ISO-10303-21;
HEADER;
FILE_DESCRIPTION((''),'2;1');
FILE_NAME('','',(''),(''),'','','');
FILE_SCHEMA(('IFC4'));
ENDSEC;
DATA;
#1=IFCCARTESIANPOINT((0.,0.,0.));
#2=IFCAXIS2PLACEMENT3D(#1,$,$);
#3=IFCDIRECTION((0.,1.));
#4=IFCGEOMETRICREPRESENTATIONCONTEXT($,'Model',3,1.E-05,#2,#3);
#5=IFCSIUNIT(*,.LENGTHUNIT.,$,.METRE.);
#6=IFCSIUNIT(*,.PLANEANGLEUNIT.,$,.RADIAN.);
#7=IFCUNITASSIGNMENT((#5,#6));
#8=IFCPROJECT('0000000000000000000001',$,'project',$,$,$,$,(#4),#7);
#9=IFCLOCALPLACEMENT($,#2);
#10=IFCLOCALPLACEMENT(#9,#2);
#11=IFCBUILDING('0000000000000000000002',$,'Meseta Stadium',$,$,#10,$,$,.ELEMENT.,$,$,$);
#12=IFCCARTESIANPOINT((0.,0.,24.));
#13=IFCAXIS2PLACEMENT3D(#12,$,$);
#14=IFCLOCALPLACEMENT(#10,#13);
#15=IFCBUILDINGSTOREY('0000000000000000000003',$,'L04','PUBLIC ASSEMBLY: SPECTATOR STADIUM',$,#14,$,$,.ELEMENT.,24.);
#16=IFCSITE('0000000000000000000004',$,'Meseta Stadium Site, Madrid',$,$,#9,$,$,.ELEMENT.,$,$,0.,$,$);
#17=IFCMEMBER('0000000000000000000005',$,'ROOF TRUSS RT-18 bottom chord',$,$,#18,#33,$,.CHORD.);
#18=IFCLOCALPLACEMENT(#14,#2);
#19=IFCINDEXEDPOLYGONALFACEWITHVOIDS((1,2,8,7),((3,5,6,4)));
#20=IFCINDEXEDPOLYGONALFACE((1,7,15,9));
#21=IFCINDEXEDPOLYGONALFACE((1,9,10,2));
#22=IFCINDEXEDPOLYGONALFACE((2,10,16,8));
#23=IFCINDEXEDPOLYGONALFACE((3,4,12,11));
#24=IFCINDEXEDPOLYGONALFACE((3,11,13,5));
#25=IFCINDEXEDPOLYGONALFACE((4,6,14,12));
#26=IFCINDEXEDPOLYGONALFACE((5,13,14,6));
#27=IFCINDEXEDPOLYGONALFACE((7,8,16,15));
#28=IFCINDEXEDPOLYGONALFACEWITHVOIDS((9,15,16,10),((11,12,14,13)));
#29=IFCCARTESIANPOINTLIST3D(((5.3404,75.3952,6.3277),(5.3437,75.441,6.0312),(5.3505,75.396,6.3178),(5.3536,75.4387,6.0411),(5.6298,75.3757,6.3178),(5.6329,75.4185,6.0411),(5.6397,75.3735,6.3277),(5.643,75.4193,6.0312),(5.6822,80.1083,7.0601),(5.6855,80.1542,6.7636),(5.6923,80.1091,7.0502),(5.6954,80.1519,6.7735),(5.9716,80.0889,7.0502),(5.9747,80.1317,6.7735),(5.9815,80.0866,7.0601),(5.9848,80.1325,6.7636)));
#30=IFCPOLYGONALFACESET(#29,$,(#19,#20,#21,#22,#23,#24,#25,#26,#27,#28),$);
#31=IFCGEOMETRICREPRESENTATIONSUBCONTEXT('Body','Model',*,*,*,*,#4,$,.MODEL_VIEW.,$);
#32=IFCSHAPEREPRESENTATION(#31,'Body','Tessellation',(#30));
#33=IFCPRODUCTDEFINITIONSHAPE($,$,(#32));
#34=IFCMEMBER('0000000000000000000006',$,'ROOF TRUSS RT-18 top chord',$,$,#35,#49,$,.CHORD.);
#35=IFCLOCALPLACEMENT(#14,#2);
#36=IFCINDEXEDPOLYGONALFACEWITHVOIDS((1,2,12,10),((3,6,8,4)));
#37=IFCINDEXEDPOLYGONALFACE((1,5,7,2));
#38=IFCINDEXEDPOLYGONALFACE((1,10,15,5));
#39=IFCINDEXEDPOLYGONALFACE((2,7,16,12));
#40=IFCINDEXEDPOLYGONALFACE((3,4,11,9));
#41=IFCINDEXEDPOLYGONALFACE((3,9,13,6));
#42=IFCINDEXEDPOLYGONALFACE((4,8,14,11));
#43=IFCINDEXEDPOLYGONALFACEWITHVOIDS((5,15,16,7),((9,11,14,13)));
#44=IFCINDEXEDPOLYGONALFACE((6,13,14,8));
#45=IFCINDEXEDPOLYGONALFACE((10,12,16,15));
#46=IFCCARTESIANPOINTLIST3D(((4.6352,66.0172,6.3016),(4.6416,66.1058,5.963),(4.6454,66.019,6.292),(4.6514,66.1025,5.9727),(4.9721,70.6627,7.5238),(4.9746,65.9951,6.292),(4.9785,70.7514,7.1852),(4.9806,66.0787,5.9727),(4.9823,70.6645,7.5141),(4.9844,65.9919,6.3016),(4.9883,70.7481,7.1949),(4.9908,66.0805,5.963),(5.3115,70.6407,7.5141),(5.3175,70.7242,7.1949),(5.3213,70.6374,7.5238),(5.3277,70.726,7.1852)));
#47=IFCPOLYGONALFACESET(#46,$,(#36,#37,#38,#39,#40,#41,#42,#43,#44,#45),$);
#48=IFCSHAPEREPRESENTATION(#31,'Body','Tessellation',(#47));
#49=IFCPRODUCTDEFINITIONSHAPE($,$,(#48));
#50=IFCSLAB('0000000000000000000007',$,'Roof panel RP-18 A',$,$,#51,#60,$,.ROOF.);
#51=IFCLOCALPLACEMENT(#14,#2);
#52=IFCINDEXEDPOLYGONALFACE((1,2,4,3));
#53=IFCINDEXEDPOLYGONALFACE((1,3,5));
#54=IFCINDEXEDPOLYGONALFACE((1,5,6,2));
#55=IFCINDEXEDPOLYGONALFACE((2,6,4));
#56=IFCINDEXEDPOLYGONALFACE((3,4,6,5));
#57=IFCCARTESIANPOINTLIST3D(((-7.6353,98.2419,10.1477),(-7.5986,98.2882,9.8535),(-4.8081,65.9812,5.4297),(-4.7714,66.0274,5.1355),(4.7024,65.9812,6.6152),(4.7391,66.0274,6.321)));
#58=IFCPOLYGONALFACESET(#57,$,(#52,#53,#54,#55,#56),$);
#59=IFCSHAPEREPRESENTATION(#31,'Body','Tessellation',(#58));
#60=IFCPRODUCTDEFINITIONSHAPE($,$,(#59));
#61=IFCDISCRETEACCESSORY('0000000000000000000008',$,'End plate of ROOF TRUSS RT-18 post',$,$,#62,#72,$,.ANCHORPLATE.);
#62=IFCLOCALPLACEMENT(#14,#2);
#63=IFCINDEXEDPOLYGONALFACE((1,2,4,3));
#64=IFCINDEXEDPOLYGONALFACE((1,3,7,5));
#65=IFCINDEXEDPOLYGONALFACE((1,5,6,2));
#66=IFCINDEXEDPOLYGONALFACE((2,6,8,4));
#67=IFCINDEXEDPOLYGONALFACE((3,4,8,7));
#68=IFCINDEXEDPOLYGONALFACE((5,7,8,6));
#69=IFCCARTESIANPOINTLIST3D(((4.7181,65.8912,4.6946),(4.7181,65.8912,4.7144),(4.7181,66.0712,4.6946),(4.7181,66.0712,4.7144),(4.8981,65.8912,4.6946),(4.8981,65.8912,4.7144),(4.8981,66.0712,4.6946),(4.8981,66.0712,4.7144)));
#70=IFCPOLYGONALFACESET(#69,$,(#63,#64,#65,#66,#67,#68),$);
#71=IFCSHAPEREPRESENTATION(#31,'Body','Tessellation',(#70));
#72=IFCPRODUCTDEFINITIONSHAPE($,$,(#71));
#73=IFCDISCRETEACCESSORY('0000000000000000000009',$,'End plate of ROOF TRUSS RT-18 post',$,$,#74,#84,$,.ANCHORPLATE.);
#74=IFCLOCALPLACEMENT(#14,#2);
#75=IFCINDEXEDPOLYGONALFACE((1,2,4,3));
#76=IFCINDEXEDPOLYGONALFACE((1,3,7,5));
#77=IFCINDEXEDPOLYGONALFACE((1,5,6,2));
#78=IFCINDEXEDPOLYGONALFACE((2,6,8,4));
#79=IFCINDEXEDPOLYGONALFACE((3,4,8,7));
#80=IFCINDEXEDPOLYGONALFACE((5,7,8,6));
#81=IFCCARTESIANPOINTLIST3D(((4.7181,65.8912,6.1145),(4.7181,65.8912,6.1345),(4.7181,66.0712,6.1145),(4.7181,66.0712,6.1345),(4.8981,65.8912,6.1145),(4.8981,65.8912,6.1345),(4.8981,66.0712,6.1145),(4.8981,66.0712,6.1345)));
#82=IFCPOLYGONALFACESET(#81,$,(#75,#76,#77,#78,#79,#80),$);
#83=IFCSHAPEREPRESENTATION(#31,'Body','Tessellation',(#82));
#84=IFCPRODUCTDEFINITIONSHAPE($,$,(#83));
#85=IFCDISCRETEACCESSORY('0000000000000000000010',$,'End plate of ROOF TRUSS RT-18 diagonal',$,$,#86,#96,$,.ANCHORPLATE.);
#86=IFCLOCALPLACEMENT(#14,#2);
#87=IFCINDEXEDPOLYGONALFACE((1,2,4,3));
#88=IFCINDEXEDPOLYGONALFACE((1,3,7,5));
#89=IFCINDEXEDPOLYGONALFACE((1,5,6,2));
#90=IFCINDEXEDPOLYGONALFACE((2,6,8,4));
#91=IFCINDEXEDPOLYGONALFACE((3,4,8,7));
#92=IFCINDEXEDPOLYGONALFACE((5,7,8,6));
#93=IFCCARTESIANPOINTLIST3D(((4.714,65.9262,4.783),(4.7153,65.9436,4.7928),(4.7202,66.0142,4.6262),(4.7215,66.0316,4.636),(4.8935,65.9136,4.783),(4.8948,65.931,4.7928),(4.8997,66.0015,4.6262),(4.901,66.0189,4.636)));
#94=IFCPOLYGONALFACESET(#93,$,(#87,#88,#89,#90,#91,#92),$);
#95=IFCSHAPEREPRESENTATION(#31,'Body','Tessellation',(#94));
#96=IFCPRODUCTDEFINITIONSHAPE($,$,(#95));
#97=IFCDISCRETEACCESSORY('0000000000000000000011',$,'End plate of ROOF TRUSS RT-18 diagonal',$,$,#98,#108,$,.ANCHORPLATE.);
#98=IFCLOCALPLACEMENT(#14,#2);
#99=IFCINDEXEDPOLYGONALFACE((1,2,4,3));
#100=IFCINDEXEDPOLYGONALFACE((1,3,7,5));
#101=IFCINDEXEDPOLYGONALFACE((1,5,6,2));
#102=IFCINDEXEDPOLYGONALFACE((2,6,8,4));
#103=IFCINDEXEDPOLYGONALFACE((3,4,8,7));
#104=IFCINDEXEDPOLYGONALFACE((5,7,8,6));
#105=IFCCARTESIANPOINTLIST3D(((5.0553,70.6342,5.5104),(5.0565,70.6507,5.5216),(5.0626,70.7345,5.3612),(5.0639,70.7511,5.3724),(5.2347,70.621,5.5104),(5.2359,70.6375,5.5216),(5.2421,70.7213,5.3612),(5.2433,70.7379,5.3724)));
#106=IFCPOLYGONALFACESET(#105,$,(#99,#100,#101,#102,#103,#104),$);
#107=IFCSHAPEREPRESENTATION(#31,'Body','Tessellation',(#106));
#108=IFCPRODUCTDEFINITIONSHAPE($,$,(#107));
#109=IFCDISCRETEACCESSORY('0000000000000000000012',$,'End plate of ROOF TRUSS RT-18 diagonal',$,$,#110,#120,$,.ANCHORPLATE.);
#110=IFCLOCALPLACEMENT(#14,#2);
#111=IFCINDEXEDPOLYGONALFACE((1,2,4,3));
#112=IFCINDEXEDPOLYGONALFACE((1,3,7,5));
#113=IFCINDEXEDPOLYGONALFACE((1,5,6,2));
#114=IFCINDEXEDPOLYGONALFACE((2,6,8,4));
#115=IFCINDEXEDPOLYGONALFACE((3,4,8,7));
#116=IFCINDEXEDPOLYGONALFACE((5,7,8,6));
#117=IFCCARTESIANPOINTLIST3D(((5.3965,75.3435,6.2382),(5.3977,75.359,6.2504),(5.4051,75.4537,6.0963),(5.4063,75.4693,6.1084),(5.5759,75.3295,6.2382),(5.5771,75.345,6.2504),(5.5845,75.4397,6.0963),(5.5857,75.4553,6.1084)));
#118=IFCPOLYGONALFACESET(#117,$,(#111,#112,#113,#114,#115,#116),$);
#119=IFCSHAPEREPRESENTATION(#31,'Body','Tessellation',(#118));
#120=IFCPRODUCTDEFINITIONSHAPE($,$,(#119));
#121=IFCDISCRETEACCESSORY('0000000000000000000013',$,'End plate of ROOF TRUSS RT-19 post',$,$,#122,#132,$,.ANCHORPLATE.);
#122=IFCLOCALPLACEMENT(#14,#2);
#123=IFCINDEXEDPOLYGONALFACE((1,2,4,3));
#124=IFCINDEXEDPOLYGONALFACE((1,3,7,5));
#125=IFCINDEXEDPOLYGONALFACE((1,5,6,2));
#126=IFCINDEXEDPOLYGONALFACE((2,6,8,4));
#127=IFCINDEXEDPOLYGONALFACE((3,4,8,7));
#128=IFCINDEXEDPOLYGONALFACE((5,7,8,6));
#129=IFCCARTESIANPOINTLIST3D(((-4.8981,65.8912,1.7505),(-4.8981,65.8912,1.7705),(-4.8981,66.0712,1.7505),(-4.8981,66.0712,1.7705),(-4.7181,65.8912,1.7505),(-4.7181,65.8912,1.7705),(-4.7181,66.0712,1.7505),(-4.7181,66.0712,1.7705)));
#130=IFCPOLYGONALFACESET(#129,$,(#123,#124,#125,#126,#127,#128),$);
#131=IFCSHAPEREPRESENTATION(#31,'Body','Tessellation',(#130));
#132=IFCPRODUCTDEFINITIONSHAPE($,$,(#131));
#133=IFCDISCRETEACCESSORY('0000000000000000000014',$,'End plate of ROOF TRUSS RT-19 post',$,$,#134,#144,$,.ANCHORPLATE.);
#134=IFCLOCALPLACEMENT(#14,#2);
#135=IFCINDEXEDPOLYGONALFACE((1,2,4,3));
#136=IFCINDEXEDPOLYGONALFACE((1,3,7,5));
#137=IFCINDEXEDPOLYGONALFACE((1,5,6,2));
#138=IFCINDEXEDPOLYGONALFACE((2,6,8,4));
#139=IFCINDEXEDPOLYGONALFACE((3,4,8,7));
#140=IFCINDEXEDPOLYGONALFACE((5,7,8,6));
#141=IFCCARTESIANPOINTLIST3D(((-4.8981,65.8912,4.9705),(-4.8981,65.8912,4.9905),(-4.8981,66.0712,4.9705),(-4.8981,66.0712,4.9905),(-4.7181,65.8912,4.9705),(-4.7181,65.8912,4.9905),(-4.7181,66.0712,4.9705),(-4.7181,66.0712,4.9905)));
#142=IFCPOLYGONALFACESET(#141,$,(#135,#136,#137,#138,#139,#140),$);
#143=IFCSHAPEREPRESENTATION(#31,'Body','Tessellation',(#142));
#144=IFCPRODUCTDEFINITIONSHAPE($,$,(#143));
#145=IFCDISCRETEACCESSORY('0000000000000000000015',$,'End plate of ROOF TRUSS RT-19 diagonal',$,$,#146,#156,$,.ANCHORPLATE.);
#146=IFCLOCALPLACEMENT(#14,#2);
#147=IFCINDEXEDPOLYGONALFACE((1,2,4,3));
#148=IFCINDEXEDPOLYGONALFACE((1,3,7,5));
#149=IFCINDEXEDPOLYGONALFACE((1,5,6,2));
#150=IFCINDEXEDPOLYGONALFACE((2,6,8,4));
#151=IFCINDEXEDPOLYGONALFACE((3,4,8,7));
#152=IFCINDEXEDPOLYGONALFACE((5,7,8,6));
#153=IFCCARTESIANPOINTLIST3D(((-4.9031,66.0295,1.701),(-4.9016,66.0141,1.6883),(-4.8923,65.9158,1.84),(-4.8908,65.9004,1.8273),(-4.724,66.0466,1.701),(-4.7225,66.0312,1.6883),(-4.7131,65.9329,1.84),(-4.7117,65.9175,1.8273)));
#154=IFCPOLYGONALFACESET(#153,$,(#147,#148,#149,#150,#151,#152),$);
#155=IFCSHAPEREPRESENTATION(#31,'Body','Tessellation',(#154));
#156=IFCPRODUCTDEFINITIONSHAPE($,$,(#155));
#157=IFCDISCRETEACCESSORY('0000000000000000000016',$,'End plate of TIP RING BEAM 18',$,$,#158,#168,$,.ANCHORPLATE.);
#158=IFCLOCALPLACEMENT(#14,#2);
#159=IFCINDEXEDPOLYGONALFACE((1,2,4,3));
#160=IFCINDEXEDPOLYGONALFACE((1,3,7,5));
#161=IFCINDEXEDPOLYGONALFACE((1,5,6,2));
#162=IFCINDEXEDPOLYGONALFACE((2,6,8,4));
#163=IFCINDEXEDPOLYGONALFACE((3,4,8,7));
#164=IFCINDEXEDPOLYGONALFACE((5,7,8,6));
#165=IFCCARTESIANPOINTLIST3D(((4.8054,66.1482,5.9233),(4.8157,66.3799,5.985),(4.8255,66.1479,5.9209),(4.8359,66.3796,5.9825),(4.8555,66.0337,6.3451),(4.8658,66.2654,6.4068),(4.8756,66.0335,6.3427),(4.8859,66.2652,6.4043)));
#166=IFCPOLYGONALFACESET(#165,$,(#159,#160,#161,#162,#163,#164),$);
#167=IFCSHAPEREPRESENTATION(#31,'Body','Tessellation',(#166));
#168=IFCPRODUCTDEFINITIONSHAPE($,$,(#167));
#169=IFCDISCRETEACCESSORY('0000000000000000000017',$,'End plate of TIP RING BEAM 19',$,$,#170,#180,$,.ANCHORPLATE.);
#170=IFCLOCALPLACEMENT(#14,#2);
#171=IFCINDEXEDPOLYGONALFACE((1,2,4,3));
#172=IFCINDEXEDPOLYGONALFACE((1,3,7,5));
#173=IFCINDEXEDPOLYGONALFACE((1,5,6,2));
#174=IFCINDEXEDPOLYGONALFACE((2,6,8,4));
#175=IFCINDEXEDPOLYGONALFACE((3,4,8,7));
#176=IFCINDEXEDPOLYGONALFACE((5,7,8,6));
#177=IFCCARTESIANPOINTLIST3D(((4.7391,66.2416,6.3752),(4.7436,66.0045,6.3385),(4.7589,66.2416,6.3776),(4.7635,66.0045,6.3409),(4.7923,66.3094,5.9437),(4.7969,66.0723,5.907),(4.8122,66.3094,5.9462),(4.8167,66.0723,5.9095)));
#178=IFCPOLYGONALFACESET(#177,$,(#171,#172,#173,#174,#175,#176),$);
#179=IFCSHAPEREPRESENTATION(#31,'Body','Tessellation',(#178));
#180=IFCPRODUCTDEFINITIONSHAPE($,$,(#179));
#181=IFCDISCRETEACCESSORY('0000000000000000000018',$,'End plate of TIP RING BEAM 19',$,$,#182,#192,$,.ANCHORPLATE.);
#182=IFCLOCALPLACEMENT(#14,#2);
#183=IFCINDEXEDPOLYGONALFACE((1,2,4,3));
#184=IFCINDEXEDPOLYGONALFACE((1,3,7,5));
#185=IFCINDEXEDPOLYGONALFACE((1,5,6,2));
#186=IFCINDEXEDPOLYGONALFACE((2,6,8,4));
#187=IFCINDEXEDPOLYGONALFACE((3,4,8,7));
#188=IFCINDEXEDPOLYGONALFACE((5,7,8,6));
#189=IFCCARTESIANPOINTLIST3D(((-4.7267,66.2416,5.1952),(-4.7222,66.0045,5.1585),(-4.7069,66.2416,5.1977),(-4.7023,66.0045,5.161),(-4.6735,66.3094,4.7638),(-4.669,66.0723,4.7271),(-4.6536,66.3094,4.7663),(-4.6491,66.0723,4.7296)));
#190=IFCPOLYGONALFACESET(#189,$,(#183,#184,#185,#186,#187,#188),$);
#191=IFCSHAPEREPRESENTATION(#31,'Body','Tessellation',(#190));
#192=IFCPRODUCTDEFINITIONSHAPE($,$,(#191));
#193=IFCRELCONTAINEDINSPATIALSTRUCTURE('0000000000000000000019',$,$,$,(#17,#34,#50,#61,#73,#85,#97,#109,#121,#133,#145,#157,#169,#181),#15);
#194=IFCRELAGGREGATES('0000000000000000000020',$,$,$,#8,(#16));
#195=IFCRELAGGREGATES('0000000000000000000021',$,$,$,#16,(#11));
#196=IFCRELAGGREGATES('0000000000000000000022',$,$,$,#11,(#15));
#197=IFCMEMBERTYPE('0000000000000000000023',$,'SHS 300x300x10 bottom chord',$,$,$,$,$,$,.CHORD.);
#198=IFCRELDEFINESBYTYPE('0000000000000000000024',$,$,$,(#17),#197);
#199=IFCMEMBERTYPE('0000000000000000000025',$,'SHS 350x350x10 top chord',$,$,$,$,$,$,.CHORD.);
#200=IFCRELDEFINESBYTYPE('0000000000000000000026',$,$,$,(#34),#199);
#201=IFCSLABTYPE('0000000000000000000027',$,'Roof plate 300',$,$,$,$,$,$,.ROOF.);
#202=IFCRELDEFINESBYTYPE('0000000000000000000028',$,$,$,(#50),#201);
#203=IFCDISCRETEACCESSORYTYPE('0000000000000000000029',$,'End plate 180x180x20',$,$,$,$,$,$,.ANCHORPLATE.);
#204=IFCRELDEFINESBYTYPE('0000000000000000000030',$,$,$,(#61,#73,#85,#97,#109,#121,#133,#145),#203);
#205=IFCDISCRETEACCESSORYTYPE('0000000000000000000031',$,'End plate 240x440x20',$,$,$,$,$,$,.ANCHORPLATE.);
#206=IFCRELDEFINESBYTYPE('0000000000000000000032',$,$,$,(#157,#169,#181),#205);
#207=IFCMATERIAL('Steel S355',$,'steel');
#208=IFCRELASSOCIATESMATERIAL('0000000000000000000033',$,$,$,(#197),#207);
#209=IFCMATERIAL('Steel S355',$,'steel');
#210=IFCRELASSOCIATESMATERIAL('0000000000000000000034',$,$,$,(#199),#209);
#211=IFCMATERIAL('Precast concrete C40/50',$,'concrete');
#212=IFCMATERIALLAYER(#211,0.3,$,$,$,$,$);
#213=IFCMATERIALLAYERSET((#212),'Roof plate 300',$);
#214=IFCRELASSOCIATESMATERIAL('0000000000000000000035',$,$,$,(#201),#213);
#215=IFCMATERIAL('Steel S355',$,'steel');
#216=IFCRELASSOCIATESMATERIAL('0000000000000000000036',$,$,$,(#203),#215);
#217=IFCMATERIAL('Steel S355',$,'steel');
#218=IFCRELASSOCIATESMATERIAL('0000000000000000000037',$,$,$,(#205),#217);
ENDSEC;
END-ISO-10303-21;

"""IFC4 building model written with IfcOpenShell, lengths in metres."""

from ifc_helpers import new_model, si_unit, direction, frame, origin, origin_2d, place, context, subcontext, project, spatial, polyline, rectangle, hollow_rectangle, outline, extrude, material, layer, layer_set, material_profile, profile_set, type_object, element, save


model = new_model("IFC4")

# Units and contexts
model_context = context("Model", 3, precision=1e-05, world=origin(), true_north=direction((0.0, 1.0)))
body_context = subcontext(model_context, "Body", "Model", "MODEL_VIEW")
ifc_project = project(units=[si_unit("LENGTHUNIT", "METRE"), si_unit("PLANEANGLEUNIT", "RADIAN")], contexts=[model_context])

# Site, building, storey
site_placement = place(None, origin())
site = spatial("IfcSite", under=ifc_project, at=site_placement, Name="Meseta Stadium Site, Madrid", CompositionType="ELEMENT", RefElevation=0.0)
building_placement = place(site_placement, origin())
building = spatial("IfcBuilding", under=site, at=building_placement, Name="Meseta Stadium", CompositionType="ELEMENT")
storey_placement = place(building_placement, frame((0.0, 0.0, 24.0)))
storey = spatial("IfcBuildingStorey", under=building, at=storey_placement, Name="L04", Description="PUBLIC ASSEMBLY: SPECTATOR STADIUM", CompositionType="ELEMENT", Elevation=24.0)

# Members
ifc_material_1 = material(Name="Steel S355", Category="steel")
ifc_material_profile_1 = material_profile(ifc_material_1, hollow_rectangle(XDim=0.3, YDim=0.3, WallThickness=0.01, at=origin_2d()), Name="SHS 300x300x10")
ifc_profile_set_1 = profile_set([ifc_material_profile_1], Name="Steel S355")
member_type_1 = type_object("IfcMemberType", Name="SHS 300x300x10 bottom chord", PredefinedType="CHORD", material=ifc_profile_set_1)
member_1_placement = place(storey_placement, frame((5.4917, 75.4072, 6.1794), z_axis=(0.071477, 0.985612, 0.153164), x_axis=(-0.997381, 0.07233, 0.0)))
element("IfcMember", 1, at=member_1_placement, inside=storey, type_object=member_type_1, Name="ROOF TRUSS RT-18 bottom chord", PredefinedType="CHORD", context=body_context, shape_type="SweptSolid", body=[
    extrude(hollow_rectangle(XDim=0.3, YDim=0.3, WallThickness=0.01, at=origin_2d()), origin(), (0.0, 0.0, 1.0), 4.782),
])
ifc_material_2 = material(Name="Steel S355", Category="steel")
ifc_material_profile_2 = material_profile(ifc_material_2, hollow_rectangle(XDim=0.3501, YDim=0.3501, WallThickness=0.01, at=origin_2d()), Name="SHS 350x350x10")
ifc_profile_set_2 = profile_set([ifc_material_profile_2], Name="Steel S355")
member_type_2 = type_object("IfcMemberType", Name="SHS 350x350x10 top chord", PredefinedType="CHORD", material=ifc_profile_set_2)
member_2_placement = place(storey_placement, frame((4.813, 66.0488, 6.1323), z_axis=(0.069966, 0.964722, 0.253805), x_axis=(-0.99738, 0.072335, 0.0)))
element("IfcMember", 2, at=member_2_placement, inside=storey, type_object=member_type_2, Name="ROOF TRUSS RT-18 top chord", PredefinedType="CHORD", context=body_context, shape_type="SweptSolid", body=[
    extrude(hollow_rectangle(XDim=0.3501, YDim=0.3501, WallThickness=0.01, at=origin_2d()), origin(), (0.0, 0.0, 1.0), 4.8154),
])

# Slab
ifc_material_3 = material(Name="Precast concrete C40/50", Category="concrete")
ifc_layer = layer(ifc_material_3, 0.3)
ifc_layer_set = layer_set([ifc_layer], Name="Roof plate 300")
slab_type = type_object("IfcSlabType", Name="Roof plate 300", PredefinedType="ROOF", material=ifc_layer_set)
slab_placement = place(storey_placement, frame((-4.8081, 65.9812, 5.4297), z_axis=(-0.122222, -0.154101, 0.980467), x_axis=(-0.086388, 0.985775, 0.144166)))
element("IfcSlab", 3, at=slab_placement, inside=storey, type_object=slab_type, Name="Roof panel RP-18 A", PredefinedType="ROOF", context=body_context, shape_type="SweptSolid", body=[
    extrude(outline(polyline([(0.0, 0.0), (32.7263, 0.0), (-0.6507, -9.562), (0.0, 0.0)])), origin(), (0.0, 0.0, -1.0), 0.3),
])

# Discrete accessories
ifc_material_4 = material(Name="Steel S355", Category="steel")
ifc_material_profile_3 = material_profile(ifc_material_4, rectangle(XDim=0.1799, YDim=0.1799, at=origin_2d()), Name="PL 180x180")
ifc_profile_set_3 = profile_set([ifc_material_profile_3], Name="Steel S355")
discrete_accessory_type_1 = type_object("IfcDiscreteAccessoryType", Name="End plate 180x180x20", PredefinedType="ANCHORPLATE", material=ifc_profile_set_3)
discrete_accessory_1_placement = place(storey_placement, frame((4.8081, 65.9812, 4.6946), z_axis=(0.0, 0.0, 1.0), x_axis=(1.0, 0.0, 0.0)))
element("IfcDiscreteAccessory", 4, at=discrete_accessory_1_placement, inside=storey, type_object=discrete_accessory_type_1, Name="End plate of ROOF TRUSS RT-18 post", PredefinedType="ANCHORPLATE", context=body_context, shape_type="SweptSolid", body=[
    extrude(rectangle(XDim=0.1799, YDim=0.1799, at=origin_2d()), origin(), (0.0, 0.0, 1.0), 0.0198),
])
for number, where, z_axis, x_axis, name in (
    (5, (4.8081, 65.9812, 6.1145), (0.0, 0.0, 1.0), (1.0, 0.0, 0.0), "End plate of ROOF TRUSS RT-18 post"),
    (6, (4.8069, 65.9639, 4.7046), (0.06124, 0.869612, 0.489922), (-0.99753, 0.070249, 0.0), "End plate of ROOF TRUSS RT-18 diagonal"),
    (7, (5.1487, 70.6777, 5.4358), (0.060791, 0.826752, 0.559273), (-0.997308, 0.073331, 0.0), "End plate of ROOF TRUSS RT-18 diagonal"),
):
    element("IfcDiscreteAccessory", number, at=place(storey_placement, frame(where, z_axis=z_axis, x_axis=x_axis)), inside=storey, type_object=discrete_accessory_type_1, Name=name, PredefinedType="ANCHORPLATE", context=body_context, shape_type="SweptSolid", body=[
        extrude(rectangle(XDim=0.1799, YDim=0.1799, at=origin_2d()), origin(), (0.0, 0.0, 1.0), 0.02),
    ])
discrete_accessory_2_placement = place(storey_placement, frame((5.4905, 75.3916, 6.1672), z_axis=(0.061448, 0.786535, 0.614481), x_axis=(-0.996962, 0.077888, 0.0)))
element("IfcDiscreteAccessory", 8, at=discrete_accessory_2_placement, inside=storey, type_object=discrete_accessory_type_1, Name="End plate of ROOF TRUSS RT-18 diagonal", PredefinedType="ANCHORPLATE", context=body_context, shape_type="SweptSolid", body=[
    extrude(rectangle(XDim=0.1799, YDim=0.1799, at=origin_2d()), origin(), (0.0, 0.0, 1.0), 0.0198),
])
for number, where, z_axis, x_axis, name in (
    (9, (-4.8081, 65.9812, 1.7505), (0.0, 0.0, 1.0), (1.0, 0.0, 0.0), "End plate of ROOF TRUSS RT-19 post"),
    (10, (-4.8081, 65.9812, 4.9705), (0.0, 0.0, 1.0), (1.0, 0.0, 0.0), "End plate of ROOF TRUSS RT-19 post"),
    (11, (-4.8066, 65.9658, 1.7578), (-0.073252, 0.769151, 0.634855), (-0.995495, -0.094809, 0.0), "End plate of ROOF TRUSS RT-19 diagonal"),
):
    element("IfcDiscreteAccessory", number, at=place(storey_placement, frame(where, z_axis=z_axis, x_axis=x_axis)), inside=storey, type_object=discrete_accessory_type_1, Name=name, PredefinedType="ANCHORPLATE", context=body_context, shape_type="SweptSolid", body=[
        extrude(rectangle(XDim=0.1799, YDim=0.1799, at=origin_2d()), origin(), (0.0, 0.0, 1.0), 0.02),
    ])
ifc_material_5 = material(Name="Steel S355", Category="steel")
ifc_material_profile_4 = material_profile(ifc_material_5, rectangle(XDim=0.24, YDim=0.4399, at=origin_2d()), Name="PL 240x440")
ifc_profile_set_4 = profile_set([ifc_material_profile_4], Name="Steel S355")
discrete_accessory_type_2 = type_object("IfcDiscreteAccessoryType", Name="End plate 240x440x20", PredefinedType="ANCHORPLATE", material=ifc_profile_set_4)
discrete_accessory_3_placement = place(storey_placement, frame((4.8557, 66.2065, 6.1626), z_axis=(-0.992573, 0.012105, 0.121046), x_axis=(-0.043095, -0.965495, -0.256832)))
element("IfcDiscreteAccessory", 12, at=discrete_accessory_3_placement, inside=storey, type_object=discrete_accessory_type_2, Name="End plate of TIP RING BEAM 18", PredefinedType="ANCHORPLATE", context=body_context, shape_type="SweptSolid", body=[
    extrude(rectangle(XDim=0.24, YDim=0.4399, at=origin_2d()), origin(), (0.0, 0.0, 1.0), 0.0203),
])
for number, where, z_axis, x_axis, name in (
    (13, (4.7878, 66.157, 6.1436), (-0.992465, 0.0, -0.122527), (0.018881, -0.988055, -0.152939), "End plate of TIP RING BEAM 19"),
    (14, (-4.678, 66.157, 4.9636), (-0.992465, 0.0, -0.122527), (0.018881, -0.988055, -0.152939), "End plate of TIP RING BEAM 19"),
):
    element("IfcDiscreteAccessory", number, at=place(storey_placement, frame(where, z_axis=z_axis, x_axis=x_axis)), inside=storey, type_object=discrete_accessory_type_2, Name=name, PredefinedType="ANCHORPLATE", context=body_context, shape_type="SweptSolid", body=[
        extrude(rectangle(XDim=0.24, YDim=0.4399, at=origin_2d()), origin(), (0.0, 0.0, 1.0), 0.02),
    ])

save(model, "model.ifc")
